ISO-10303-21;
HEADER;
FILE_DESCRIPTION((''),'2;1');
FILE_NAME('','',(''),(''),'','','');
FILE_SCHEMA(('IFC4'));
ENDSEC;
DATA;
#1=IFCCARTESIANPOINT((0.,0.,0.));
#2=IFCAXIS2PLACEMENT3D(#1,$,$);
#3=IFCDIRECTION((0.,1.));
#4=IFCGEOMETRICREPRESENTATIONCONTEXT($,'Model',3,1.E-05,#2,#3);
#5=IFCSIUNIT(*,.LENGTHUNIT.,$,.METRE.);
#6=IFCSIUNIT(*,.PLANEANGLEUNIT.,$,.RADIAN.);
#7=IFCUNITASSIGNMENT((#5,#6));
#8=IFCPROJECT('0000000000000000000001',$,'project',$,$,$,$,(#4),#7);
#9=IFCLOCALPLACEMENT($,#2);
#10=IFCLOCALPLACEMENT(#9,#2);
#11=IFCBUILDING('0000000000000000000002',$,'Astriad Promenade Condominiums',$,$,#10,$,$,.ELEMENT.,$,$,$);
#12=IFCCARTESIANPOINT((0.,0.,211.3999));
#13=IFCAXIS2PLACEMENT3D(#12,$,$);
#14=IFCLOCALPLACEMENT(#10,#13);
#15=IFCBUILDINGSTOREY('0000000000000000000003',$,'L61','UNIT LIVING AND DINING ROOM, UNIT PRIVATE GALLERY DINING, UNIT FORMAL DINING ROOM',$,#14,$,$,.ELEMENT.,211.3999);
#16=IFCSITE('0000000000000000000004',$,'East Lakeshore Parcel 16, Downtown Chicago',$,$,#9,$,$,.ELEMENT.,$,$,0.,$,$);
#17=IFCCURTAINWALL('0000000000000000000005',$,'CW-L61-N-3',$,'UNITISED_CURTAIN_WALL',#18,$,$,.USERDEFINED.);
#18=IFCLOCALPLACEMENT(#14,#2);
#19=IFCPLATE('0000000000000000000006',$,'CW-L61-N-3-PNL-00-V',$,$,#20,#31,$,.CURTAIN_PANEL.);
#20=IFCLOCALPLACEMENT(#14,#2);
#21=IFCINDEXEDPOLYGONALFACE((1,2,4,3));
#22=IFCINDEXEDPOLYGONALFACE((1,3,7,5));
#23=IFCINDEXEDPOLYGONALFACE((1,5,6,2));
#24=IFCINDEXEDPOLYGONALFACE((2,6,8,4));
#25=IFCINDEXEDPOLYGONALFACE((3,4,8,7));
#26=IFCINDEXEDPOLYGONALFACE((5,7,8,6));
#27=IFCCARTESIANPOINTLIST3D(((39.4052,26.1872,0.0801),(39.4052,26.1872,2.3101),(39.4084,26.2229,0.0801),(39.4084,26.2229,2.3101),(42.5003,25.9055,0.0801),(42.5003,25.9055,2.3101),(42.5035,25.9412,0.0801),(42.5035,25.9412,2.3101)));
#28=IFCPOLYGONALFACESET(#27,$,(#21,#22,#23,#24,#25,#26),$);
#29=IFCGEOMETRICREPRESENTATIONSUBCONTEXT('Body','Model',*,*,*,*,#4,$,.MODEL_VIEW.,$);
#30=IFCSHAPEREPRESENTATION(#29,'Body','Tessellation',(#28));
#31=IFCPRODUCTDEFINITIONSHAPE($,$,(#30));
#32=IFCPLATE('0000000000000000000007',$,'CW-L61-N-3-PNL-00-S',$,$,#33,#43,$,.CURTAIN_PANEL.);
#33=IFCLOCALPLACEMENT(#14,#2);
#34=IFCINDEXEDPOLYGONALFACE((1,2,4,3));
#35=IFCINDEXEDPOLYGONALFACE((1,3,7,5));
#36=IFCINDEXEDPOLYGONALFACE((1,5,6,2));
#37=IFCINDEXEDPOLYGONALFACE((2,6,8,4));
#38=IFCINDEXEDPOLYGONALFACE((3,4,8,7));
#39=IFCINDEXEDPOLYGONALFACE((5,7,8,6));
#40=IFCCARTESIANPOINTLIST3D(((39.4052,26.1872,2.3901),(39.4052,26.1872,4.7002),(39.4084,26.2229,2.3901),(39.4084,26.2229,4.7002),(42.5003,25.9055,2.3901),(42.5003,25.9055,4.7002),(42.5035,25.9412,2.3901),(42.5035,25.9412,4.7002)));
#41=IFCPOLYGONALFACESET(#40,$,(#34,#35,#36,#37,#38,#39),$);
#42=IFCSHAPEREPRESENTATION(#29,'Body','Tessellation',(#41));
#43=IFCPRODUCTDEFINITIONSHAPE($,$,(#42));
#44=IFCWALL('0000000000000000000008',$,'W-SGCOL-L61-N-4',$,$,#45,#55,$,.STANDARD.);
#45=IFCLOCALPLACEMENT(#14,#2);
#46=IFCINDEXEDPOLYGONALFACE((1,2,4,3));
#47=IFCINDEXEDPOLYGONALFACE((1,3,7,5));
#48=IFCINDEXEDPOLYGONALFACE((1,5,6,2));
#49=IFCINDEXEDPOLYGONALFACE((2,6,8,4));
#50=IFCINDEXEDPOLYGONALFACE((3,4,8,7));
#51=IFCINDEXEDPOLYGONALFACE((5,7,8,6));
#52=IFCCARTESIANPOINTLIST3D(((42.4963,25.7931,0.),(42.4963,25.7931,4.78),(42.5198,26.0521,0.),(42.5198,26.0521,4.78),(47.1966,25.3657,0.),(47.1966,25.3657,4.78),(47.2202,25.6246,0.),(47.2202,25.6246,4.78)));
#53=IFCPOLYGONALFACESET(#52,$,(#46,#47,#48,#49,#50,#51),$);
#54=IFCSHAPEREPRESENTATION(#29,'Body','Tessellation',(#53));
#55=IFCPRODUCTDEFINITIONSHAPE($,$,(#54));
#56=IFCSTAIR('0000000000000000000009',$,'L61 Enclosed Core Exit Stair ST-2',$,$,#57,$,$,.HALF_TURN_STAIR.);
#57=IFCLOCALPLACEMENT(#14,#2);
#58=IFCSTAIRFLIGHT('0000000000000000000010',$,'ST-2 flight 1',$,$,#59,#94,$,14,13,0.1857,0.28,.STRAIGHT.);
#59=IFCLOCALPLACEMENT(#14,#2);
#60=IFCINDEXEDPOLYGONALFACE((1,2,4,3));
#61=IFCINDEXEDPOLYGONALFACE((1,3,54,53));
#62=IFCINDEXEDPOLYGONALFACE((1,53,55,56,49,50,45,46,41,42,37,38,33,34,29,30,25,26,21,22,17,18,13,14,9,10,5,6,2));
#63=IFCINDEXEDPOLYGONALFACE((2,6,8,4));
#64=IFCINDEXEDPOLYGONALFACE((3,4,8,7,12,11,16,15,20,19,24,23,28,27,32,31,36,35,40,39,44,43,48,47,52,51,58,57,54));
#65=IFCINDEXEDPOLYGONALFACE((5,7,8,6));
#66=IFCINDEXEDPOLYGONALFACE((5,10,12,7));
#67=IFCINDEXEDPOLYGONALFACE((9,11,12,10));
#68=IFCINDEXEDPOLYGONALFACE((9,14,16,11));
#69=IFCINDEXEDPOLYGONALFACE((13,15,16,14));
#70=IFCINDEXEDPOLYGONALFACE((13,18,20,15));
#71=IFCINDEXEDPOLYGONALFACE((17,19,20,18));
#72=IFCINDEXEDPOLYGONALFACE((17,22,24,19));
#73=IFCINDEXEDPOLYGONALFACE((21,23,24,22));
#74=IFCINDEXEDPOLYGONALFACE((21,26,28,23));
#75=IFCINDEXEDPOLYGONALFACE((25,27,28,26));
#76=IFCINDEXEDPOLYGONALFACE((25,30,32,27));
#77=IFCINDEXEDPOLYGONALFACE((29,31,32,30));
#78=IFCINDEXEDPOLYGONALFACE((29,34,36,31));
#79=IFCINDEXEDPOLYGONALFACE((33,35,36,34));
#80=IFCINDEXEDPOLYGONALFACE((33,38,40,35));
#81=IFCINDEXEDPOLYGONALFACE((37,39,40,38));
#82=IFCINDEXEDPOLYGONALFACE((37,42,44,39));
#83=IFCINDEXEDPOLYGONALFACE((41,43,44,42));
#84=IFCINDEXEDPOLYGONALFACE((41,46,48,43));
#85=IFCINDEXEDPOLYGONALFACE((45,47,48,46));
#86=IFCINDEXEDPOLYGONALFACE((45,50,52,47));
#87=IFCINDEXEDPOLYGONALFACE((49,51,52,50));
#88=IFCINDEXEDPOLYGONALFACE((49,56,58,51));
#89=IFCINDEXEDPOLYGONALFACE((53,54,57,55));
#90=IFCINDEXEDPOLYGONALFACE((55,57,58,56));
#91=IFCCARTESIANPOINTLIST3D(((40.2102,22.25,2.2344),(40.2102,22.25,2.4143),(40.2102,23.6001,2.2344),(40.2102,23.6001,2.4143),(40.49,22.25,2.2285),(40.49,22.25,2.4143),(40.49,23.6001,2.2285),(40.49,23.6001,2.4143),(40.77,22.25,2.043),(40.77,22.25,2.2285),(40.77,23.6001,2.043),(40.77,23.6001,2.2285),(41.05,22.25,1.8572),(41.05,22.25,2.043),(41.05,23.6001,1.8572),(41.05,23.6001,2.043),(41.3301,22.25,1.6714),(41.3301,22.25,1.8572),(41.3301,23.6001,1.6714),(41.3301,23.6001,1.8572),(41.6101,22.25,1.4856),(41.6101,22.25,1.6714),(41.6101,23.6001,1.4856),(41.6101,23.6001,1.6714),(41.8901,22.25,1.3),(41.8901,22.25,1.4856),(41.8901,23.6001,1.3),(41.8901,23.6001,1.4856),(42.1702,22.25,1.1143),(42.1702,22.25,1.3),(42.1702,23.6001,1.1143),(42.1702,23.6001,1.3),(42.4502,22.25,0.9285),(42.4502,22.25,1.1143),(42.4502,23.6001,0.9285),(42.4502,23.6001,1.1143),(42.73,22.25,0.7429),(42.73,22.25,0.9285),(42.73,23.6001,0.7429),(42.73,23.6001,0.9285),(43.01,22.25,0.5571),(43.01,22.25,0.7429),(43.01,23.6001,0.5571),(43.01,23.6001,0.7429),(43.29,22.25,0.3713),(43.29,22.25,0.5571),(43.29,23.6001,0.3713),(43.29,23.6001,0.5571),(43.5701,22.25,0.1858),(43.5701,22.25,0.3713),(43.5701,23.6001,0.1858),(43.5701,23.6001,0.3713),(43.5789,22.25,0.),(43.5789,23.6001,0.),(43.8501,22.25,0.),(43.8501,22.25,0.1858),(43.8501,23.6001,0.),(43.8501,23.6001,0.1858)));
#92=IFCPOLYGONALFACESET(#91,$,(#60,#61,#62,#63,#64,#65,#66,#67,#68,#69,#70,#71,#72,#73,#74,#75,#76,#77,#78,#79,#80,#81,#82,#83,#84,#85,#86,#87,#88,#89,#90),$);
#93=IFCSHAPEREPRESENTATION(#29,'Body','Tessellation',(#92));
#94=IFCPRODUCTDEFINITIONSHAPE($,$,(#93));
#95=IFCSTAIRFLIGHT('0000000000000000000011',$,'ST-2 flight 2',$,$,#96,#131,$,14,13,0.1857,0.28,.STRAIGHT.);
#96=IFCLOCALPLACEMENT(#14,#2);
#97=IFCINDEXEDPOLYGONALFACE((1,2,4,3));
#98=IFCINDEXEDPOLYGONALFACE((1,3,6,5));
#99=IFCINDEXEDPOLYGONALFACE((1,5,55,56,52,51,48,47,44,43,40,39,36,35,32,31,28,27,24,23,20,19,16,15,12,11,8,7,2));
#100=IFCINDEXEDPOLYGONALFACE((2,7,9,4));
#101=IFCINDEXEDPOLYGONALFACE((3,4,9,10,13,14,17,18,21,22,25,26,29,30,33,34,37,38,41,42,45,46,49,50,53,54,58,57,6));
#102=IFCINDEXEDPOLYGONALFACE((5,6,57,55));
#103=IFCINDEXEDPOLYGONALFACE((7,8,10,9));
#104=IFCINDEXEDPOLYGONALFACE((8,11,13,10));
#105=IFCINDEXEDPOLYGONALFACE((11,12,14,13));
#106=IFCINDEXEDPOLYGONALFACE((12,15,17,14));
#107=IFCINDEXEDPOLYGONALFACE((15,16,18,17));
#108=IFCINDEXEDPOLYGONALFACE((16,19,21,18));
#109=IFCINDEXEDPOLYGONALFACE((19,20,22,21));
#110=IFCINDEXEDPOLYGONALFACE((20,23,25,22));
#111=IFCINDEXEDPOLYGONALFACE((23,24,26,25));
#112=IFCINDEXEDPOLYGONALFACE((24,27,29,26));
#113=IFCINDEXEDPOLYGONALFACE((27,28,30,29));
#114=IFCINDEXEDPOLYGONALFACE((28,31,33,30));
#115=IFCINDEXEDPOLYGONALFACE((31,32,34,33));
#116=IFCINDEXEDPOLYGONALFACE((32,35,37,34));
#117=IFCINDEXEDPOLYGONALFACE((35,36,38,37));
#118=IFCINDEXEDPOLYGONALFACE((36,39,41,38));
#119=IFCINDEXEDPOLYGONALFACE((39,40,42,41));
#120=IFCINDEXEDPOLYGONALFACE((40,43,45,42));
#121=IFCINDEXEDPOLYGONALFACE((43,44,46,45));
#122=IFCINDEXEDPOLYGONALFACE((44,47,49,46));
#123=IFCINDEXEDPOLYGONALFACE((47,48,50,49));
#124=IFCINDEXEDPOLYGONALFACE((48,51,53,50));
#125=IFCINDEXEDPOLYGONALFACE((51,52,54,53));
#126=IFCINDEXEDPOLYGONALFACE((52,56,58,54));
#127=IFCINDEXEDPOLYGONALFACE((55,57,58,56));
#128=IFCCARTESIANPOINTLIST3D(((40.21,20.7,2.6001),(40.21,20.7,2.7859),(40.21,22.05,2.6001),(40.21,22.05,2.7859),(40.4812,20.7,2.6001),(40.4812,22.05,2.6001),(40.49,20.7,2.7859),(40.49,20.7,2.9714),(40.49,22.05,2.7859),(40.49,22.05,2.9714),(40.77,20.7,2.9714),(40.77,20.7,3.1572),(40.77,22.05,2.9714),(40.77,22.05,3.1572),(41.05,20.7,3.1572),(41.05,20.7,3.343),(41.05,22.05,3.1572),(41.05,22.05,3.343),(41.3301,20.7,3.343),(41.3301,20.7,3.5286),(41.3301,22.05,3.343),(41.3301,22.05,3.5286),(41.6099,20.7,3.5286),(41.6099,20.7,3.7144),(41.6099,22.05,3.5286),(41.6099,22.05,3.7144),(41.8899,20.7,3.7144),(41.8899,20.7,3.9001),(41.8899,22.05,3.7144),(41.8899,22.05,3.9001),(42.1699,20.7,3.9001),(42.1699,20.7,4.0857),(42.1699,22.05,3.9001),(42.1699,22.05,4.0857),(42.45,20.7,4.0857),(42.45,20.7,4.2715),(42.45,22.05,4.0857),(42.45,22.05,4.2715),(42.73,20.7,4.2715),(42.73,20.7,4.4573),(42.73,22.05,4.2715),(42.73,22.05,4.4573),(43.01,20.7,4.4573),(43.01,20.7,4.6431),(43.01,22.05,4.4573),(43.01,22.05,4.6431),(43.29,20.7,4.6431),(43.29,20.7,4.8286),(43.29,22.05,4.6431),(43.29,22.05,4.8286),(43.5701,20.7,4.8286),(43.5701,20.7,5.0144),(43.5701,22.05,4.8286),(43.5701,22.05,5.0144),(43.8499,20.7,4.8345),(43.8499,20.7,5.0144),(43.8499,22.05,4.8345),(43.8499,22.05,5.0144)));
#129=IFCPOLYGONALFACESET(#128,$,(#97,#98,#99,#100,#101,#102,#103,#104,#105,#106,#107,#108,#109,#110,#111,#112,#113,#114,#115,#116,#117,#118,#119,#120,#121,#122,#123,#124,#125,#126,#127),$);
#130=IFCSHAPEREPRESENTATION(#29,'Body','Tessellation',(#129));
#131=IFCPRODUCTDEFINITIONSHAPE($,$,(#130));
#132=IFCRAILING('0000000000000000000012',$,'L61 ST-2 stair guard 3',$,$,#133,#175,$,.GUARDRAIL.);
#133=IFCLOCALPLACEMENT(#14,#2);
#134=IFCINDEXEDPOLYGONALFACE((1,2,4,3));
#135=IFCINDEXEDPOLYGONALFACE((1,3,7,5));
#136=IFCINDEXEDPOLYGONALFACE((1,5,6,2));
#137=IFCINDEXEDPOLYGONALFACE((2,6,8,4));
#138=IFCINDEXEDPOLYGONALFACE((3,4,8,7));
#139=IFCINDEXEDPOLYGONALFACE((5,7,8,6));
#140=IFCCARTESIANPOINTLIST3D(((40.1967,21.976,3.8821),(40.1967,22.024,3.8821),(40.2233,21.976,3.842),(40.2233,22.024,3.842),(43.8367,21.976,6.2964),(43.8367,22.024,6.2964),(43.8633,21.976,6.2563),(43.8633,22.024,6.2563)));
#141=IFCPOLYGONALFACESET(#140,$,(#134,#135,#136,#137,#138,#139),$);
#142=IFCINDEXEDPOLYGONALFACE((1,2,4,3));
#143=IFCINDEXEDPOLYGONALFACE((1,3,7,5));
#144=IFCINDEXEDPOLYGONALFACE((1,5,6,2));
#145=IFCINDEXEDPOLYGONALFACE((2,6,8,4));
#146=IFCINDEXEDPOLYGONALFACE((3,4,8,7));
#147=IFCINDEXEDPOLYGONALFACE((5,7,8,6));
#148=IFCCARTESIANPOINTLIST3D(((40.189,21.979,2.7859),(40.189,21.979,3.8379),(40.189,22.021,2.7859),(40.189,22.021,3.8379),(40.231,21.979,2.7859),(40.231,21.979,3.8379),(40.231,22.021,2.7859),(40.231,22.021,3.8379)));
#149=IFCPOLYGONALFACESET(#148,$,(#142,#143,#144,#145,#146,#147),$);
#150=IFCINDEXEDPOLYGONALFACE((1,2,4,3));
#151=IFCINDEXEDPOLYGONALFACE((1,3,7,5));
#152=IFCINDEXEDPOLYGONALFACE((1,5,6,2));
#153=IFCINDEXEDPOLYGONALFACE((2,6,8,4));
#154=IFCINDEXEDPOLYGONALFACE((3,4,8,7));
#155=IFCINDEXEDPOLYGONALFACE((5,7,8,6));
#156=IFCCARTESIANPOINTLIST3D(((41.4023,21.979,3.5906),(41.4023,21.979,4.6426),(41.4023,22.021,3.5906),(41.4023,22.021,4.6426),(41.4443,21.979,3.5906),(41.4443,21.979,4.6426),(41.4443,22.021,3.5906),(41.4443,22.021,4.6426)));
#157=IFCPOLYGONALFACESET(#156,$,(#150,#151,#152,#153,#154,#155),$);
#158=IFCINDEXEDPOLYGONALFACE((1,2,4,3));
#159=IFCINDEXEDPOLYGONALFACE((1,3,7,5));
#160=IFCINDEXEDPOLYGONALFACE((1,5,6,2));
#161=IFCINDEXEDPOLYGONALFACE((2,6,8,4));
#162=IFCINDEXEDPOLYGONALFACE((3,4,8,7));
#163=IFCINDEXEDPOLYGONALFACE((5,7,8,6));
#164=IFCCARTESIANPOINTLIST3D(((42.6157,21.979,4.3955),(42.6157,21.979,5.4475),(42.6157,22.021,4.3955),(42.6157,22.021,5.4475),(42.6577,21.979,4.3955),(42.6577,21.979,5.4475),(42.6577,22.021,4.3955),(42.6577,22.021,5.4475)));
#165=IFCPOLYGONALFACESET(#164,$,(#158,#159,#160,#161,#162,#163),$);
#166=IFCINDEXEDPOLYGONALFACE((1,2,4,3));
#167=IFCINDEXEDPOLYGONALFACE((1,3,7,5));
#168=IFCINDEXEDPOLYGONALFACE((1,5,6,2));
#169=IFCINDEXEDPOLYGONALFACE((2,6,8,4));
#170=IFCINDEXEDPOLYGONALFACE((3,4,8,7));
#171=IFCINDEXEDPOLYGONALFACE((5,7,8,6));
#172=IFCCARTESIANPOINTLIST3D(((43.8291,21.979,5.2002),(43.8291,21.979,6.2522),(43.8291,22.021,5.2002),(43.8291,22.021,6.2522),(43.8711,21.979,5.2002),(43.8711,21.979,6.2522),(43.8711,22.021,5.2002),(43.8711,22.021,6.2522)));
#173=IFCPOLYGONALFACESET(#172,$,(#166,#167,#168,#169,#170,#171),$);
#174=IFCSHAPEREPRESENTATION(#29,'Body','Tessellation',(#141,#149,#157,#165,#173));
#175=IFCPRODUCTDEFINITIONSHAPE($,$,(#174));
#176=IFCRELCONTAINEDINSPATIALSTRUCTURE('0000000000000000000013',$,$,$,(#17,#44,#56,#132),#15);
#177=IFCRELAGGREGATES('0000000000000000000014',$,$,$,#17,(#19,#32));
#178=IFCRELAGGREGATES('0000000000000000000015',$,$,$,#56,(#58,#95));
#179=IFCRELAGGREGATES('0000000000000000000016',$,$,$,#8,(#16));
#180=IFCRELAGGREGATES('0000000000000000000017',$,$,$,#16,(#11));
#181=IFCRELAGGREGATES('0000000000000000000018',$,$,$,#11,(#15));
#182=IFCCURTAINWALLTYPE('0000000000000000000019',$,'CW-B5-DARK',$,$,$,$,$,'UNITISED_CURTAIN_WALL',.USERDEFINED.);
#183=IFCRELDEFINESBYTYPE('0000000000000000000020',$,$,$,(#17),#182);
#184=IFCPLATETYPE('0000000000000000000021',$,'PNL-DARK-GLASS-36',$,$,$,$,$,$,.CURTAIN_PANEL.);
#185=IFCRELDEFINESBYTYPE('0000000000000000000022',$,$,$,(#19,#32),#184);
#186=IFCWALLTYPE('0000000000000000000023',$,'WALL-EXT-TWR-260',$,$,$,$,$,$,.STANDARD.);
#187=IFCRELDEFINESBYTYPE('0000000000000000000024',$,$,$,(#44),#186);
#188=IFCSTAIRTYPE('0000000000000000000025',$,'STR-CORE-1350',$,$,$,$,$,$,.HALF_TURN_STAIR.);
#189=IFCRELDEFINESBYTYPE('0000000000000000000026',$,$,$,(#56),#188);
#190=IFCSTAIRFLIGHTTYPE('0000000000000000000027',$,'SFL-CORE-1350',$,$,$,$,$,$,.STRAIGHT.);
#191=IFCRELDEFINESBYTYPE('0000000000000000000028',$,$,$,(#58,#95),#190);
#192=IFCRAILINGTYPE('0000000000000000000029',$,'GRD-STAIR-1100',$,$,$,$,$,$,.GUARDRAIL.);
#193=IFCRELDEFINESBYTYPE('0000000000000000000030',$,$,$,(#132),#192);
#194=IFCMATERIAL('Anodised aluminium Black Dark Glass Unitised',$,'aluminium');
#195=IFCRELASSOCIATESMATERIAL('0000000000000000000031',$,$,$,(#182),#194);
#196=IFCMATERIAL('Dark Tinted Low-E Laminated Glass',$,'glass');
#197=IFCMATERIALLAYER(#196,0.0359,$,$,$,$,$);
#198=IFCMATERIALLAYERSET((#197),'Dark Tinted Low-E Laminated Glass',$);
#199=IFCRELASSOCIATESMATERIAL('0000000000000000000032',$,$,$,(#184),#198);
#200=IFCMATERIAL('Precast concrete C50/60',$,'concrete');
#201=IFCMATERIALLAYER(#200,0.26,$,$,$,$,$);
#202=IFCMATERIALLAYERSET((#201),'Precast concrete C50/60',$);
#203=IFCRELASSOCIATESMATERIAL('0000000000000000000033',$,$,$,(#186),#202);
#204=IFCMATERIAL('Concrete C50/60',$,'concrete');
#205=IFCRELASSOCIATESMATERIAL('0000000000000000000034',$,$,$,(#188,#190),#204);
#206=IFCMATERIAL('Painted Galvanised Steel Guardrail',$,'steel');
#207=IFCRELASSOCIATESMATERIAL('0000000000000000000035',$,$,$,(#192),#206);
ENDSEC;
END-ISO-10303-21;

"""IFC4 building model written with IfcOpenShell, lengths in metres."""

from ifc_helpers import new_model, si_unit, direction, frame, frame_2d, origin, origin_2d, place, context, subcontext, project, spatial, polyline, rectangle, outline, extrude, source, transform, mapped, material, layer, layer_set, type_object, type_shapes, element, aggregate, save


model = new_model("IFC4")

# Units and contexts
model_context = context("Model", 3, precision=1e-05, world=origin(), true_north=direction((0.0, 1.0)))
body_context = subcontext(model_context, "Body", "Model", "MODEL_VIEW")
ifc_project = project(units=[si_unit("LENGTHUNIT", "METRE"), si_unit("PLANEANGLEUNIT", "RADIAN")], contexts=[model_context])

# Site, building, storey
site_placement = place(None, origin())
site = spatial("IfcSite", under=ifc_project, at=site_placement, Name="East Lakeshore Parcel 16, Downtown Chicago", CompositionType="ELEMENT", RefElevation=0.0)
building_placement = place(site_placement, origin())
building = spatial("IfcBuilding", under=site, at=building_placement, Name="Astriad Promenade Condominiums", CompositionType="ELEMENT")
storey_placement = place(building_placement, frame((0.0, 0.0, 211.3999)))
storey = spatial("IfcBuildingStorey", under=building, at=storey_placement, Name="L61", Description="UNIT LIVING AND DINING ROOM, UNIT PRIVATE GALLERY DINING, UNIT FORMAL DINING ROOM", CompositionType="ELEMENT", Elevation=211.3999)

# Curtain wall
ifc_material_1 = material(Name="Anodised aluminium Black Dark Glass Unitised", Category="aluminium")
curtain_wall_type = type_object("IfcCurtainWallType", Name="CW-B5-DARK", ElementType="UNITISED_CURTAIN_WALL", PredefinedType="USERDEFINED", material=ifc_material_1)
curtain_wall_placement = place(storey_placement, origin())
curtain_wall = element("IfcCurtainWall", 1, at=curtain_wall_placement, inside=storey, type_object=curtain_wall_type, Name="CW-L61-N-3", ObjectType="UNITISED_CURTAIN_WALL", PredefinedType="USERDEFINED")

# Plates
ifc_material_2 = material(Name="Dark Tinted Low-E Laminated Glass", Category="glass")
ifc_layer_1 = layer(ifc_material_2, 0.0359)
ifc_layer_set_1 = layer_set([ifc_layer_1], Name="Dark Tinted Low-E Laminated Glass")
plate_type_1 = type_object("IfcPlateType", Name="PNL-DARK-GLASS-36", PredefinedType="CURTAIN_PANEL", material=ifc_layer_set_1)
shared_shape_1 = source(origin(), body_context, "Body", "SweptSolid", [
    extrude(rectangle(XDim=3.1079, YDim=0.0359, at=origin_2d()), origin(), (0.0, 0.0, 1.0), 2.23),
])
plate_1_placement = place(storey_placement, frame((40.9543, 26.0642, 0.0801), z_axis=(0.0, 0.0, 1.0), x_axis=(0.995884, -0.090633, 0.0)))
plate_1 = element("IfcPlate", 2, at=plate_1_placement, type_object=plate_type_1, Name="CW-L61-N-3-PNL-00-V", PredefinedType="CURTAIN_PANEL", context=body_context, shape_type="MappedRepresentation", body=[
    mapped(shared_shape_1, transform((0.0, 0.0, 0.0), scale=1.0)),
])
shared_shape_2 = source(origin(), body_context, "Body", "SweptSolid", [
    extrude(rectangle(XDim=3.1079, YDim=0.0359, at=origin_2d()), origin(), (0.0, 0.0, 1.0), 2.3101),
])
type_shapes(plate_type_1, [shared_shape_1, shared_shape_2])
plate_2_placement = place(storey_placement, frame((40.9543, 26.0642, 2.3901), z_axis=(0.0, 0.0, 1.0), x_axis=(0.995884, -0.090633, 0.0)))
plate_2 = element("IfcPlate", 3, at=plate_2_placement, type_object=plate_type_1, Name="CW-L61-N-3-PNL-00-S", PredefinedType="CURTAIN_PANEL", context=body_context, shape_type="MappedRepresentation", body=[
    mapped(shared_shape_2, transform((0.0, 0.0, 0.0), scale=1.0)),
])
aggregate(curtain_wall, [plate_1, plate_2])

# Wall
ifc_material_3 = material(Name="Precast concrete C50/60", Category="concrete")
ifc_layer_2 = layer(ifc_material_3, 0.26)
ifc_layer_set_2 = layer_set([ifc_layer_2], Name="Precast concrete C50/60")
wall_type = type_object("IfcWallType", Name="WALL-EXT-TWR-260", PredefinedType="STANDARD", material=ifc_layer_set_2)
wall_placement = place(storey_placement, frame((42.5081, 25.9226, 0.0), z_axis=(0.0, 0.0, 1.0), x_axis=(0.99589, -0.090573, 0.0)))
element("IfcWall", 4, at=wall_placement, inside=storey, type_object=wall_type, Name="W-SGCOL-L61-N-4", PredefinedType="STANDARD", context=body_context, shape_type="SweptSolid", body=[
    extrude(rectangle(XDim=4.7197, YDim=0.26, at=frame_2d((2.3599, 0.0))), origin(), (0.0, 0.0, 1.0), 4.78),
])

# Stair, stair flights
ifc_material_4 = material(Name="Concrete C50/60", Category="concrete")
stair_type = type_object("IfcStairType", Name="STR-CORE-1350", PredefinedType="HALF_TURN_STAIR", material=ifc_material_4)
stair_placement = place(storey_placement, origin())
stair = element("IfcStair", 5, at=stair_placement, inside=storey, type_object=stair_type, Name="L61 Enclosed Core Exit Stair ST-2", PredefinedType="HALF_TURN_STAIR")
stair_flight_type = type_object("IfcStairFlightType", Name="SFL-CORE-1350", PredefinedType="STRAIGHT", material=ifc_material_4)
shared_shape_3 = source(origin(), body_context, "Body", "SweptSolid", [
    extrude(outline(polyline([(0.0, 0.0), (0.0, 0.1858), (0.28, 0.1858), (0.28, 0.3713), (0.5601, 0.3713), (0.5601, 0.5571), (0.8401, 0.5571), (0.8401, 0.7429), (1.1201, 0.7429), (1.1201, 0.9285), (1.3999, 0.9285), (1.3999, 1.1143), (1.6799, 1.1143), (1.6799, 1.3), (1.96, 1.3), (1.96, 1.4856), (2.24, 1.4856), (2.24, 1.6714), (2.52, 1.6714), (2.52, 1.8572), (2.8, 1.8572), (2.8, 2.043), (3.0801, 2.043), (3.0801, 2.2285), (3.3601, 2.2285), (3.3601, 2.4143), (3.6399, 2.4143), (3.6399, 2.6001), (3.6399, 2.2344), (0.2712, 0.0), (0.0, 0.0)])), frame((0.0, 0.675, 0.0), z_axis=(0.0, -1.0, 0.0), x_axis=(1.0, 0.0, 0.0)), (0.0, 0.0, 1.0), 1.3501),
])
type_shapes(stair_flight_type, [shared_shape_3])
stair_flight_1_placement = place(storey_placement, frame((43.8501, 22.925, 0.0), z_axis=(0.0, 0.0, 1.0), x_axis=(-1.0, 0.0, 0.0)))
stair_flight_1 = element("IfcStairFlight", 6, at=stair_flight_1_placement, type_object=stair_flight_type, Name="ST-2 flight 1", NumberOfRisers=14, NumberOfTreads=13, PredefinedType="STRAIGHT", RiserHeight=0.1857, TreadLength=0.28, context=body_context, shape_type="MappedRepresentation", body=[
    mapped(shared_shape_3, transform((0.0, 0.0, 0.0), scale=1.0)),
])
stair_flight_2_placement = place(storey_placement, frame((40.21, 21.375, 2.6001), z_axis=(0.0, 0.0, 1.0), x_axis=(1.0, 0.0, 0.0)))
stair_flight_2 = element("IfcStairFlight", 7, at=stair_flight_2_placement, type_object=stair_flight_type, Name="ST-2 flight 2", NumberOfRisers=14, NumberOfTreads=13, PredefinedType="STRAIGHT", RiserHeight=0.1857, TreadLength=0.28, context=body_context, shape_type="MappedRepresentation", body=[
    mapped(shared_shape_3, transform((0.0, 0.0, 0.0), scale=1.0)),
])
aggregate(stair, [stair_flight_1, stair_flight_2])

# Railing
ifc_material_5 = material(Name="Painted Galvanised Steel Guardrail", Category="steel")
railing_type_1 = type_object("IfcRailingType", Name="GRD-STAIR-1100", PredefinedType="GUARDRAIL", material=ifc_material_5)
shared_shape_4 = source(origin(), body_context, "Body", "SweptSolid", [
    extrude(rectangle(XDim=0.0481, YDim=0.0481, at=origin_2d()), frame((0.0, 0.0, 1.0762), z_axis=(0.833364, 0.0, 0.552725), x_axis=(0.0, 1.0, 0.0)), (0.0, 0.0, 1.0), 4.3679),
    extrude(rectangle(XDim=0.042, YDim=0.042, at=origin_2d()), origin(), (0.0, 0.0, 1.0), 1.052),
    extrude(rectangle(XDim=0.042, YDim=0.042, at=origin_2d()), frame((1.2134, 0.0, 0.8047)), (0.0, 0.0, 1.0), 1.052),
    extrude(rectangle(XDim=0.042, YDim=0.042, at=origin_2d()), frame((2.4268, 0.0, 1.6096)), (0.0, 0.0, 1.0), 1.052),
    extrude(rectangle(XDim=0.042, YDim=0.042, at=origin_2d()), frame((3.6401, 0.0, 2.4143)), (0.0, 0.0, 1.0), 1.052),
])
railing_1_placement = place(storey_placement, frame((40.21, 22.0, 2.7859)))
element("IfcRailing", 8, at=railing_1_placement, inside=storey, type_object=railing_type_1, Name="L61 ST-2 stair guard 3", PredefinedType="GUARDRAIL", context=body_context, shape_type="MappedRepresentation", body=[
    mapped(shared_shape_4, transform((0.0, 0.0, 0.0), scale=1.0)),
])

save(model, "model.ifc")
